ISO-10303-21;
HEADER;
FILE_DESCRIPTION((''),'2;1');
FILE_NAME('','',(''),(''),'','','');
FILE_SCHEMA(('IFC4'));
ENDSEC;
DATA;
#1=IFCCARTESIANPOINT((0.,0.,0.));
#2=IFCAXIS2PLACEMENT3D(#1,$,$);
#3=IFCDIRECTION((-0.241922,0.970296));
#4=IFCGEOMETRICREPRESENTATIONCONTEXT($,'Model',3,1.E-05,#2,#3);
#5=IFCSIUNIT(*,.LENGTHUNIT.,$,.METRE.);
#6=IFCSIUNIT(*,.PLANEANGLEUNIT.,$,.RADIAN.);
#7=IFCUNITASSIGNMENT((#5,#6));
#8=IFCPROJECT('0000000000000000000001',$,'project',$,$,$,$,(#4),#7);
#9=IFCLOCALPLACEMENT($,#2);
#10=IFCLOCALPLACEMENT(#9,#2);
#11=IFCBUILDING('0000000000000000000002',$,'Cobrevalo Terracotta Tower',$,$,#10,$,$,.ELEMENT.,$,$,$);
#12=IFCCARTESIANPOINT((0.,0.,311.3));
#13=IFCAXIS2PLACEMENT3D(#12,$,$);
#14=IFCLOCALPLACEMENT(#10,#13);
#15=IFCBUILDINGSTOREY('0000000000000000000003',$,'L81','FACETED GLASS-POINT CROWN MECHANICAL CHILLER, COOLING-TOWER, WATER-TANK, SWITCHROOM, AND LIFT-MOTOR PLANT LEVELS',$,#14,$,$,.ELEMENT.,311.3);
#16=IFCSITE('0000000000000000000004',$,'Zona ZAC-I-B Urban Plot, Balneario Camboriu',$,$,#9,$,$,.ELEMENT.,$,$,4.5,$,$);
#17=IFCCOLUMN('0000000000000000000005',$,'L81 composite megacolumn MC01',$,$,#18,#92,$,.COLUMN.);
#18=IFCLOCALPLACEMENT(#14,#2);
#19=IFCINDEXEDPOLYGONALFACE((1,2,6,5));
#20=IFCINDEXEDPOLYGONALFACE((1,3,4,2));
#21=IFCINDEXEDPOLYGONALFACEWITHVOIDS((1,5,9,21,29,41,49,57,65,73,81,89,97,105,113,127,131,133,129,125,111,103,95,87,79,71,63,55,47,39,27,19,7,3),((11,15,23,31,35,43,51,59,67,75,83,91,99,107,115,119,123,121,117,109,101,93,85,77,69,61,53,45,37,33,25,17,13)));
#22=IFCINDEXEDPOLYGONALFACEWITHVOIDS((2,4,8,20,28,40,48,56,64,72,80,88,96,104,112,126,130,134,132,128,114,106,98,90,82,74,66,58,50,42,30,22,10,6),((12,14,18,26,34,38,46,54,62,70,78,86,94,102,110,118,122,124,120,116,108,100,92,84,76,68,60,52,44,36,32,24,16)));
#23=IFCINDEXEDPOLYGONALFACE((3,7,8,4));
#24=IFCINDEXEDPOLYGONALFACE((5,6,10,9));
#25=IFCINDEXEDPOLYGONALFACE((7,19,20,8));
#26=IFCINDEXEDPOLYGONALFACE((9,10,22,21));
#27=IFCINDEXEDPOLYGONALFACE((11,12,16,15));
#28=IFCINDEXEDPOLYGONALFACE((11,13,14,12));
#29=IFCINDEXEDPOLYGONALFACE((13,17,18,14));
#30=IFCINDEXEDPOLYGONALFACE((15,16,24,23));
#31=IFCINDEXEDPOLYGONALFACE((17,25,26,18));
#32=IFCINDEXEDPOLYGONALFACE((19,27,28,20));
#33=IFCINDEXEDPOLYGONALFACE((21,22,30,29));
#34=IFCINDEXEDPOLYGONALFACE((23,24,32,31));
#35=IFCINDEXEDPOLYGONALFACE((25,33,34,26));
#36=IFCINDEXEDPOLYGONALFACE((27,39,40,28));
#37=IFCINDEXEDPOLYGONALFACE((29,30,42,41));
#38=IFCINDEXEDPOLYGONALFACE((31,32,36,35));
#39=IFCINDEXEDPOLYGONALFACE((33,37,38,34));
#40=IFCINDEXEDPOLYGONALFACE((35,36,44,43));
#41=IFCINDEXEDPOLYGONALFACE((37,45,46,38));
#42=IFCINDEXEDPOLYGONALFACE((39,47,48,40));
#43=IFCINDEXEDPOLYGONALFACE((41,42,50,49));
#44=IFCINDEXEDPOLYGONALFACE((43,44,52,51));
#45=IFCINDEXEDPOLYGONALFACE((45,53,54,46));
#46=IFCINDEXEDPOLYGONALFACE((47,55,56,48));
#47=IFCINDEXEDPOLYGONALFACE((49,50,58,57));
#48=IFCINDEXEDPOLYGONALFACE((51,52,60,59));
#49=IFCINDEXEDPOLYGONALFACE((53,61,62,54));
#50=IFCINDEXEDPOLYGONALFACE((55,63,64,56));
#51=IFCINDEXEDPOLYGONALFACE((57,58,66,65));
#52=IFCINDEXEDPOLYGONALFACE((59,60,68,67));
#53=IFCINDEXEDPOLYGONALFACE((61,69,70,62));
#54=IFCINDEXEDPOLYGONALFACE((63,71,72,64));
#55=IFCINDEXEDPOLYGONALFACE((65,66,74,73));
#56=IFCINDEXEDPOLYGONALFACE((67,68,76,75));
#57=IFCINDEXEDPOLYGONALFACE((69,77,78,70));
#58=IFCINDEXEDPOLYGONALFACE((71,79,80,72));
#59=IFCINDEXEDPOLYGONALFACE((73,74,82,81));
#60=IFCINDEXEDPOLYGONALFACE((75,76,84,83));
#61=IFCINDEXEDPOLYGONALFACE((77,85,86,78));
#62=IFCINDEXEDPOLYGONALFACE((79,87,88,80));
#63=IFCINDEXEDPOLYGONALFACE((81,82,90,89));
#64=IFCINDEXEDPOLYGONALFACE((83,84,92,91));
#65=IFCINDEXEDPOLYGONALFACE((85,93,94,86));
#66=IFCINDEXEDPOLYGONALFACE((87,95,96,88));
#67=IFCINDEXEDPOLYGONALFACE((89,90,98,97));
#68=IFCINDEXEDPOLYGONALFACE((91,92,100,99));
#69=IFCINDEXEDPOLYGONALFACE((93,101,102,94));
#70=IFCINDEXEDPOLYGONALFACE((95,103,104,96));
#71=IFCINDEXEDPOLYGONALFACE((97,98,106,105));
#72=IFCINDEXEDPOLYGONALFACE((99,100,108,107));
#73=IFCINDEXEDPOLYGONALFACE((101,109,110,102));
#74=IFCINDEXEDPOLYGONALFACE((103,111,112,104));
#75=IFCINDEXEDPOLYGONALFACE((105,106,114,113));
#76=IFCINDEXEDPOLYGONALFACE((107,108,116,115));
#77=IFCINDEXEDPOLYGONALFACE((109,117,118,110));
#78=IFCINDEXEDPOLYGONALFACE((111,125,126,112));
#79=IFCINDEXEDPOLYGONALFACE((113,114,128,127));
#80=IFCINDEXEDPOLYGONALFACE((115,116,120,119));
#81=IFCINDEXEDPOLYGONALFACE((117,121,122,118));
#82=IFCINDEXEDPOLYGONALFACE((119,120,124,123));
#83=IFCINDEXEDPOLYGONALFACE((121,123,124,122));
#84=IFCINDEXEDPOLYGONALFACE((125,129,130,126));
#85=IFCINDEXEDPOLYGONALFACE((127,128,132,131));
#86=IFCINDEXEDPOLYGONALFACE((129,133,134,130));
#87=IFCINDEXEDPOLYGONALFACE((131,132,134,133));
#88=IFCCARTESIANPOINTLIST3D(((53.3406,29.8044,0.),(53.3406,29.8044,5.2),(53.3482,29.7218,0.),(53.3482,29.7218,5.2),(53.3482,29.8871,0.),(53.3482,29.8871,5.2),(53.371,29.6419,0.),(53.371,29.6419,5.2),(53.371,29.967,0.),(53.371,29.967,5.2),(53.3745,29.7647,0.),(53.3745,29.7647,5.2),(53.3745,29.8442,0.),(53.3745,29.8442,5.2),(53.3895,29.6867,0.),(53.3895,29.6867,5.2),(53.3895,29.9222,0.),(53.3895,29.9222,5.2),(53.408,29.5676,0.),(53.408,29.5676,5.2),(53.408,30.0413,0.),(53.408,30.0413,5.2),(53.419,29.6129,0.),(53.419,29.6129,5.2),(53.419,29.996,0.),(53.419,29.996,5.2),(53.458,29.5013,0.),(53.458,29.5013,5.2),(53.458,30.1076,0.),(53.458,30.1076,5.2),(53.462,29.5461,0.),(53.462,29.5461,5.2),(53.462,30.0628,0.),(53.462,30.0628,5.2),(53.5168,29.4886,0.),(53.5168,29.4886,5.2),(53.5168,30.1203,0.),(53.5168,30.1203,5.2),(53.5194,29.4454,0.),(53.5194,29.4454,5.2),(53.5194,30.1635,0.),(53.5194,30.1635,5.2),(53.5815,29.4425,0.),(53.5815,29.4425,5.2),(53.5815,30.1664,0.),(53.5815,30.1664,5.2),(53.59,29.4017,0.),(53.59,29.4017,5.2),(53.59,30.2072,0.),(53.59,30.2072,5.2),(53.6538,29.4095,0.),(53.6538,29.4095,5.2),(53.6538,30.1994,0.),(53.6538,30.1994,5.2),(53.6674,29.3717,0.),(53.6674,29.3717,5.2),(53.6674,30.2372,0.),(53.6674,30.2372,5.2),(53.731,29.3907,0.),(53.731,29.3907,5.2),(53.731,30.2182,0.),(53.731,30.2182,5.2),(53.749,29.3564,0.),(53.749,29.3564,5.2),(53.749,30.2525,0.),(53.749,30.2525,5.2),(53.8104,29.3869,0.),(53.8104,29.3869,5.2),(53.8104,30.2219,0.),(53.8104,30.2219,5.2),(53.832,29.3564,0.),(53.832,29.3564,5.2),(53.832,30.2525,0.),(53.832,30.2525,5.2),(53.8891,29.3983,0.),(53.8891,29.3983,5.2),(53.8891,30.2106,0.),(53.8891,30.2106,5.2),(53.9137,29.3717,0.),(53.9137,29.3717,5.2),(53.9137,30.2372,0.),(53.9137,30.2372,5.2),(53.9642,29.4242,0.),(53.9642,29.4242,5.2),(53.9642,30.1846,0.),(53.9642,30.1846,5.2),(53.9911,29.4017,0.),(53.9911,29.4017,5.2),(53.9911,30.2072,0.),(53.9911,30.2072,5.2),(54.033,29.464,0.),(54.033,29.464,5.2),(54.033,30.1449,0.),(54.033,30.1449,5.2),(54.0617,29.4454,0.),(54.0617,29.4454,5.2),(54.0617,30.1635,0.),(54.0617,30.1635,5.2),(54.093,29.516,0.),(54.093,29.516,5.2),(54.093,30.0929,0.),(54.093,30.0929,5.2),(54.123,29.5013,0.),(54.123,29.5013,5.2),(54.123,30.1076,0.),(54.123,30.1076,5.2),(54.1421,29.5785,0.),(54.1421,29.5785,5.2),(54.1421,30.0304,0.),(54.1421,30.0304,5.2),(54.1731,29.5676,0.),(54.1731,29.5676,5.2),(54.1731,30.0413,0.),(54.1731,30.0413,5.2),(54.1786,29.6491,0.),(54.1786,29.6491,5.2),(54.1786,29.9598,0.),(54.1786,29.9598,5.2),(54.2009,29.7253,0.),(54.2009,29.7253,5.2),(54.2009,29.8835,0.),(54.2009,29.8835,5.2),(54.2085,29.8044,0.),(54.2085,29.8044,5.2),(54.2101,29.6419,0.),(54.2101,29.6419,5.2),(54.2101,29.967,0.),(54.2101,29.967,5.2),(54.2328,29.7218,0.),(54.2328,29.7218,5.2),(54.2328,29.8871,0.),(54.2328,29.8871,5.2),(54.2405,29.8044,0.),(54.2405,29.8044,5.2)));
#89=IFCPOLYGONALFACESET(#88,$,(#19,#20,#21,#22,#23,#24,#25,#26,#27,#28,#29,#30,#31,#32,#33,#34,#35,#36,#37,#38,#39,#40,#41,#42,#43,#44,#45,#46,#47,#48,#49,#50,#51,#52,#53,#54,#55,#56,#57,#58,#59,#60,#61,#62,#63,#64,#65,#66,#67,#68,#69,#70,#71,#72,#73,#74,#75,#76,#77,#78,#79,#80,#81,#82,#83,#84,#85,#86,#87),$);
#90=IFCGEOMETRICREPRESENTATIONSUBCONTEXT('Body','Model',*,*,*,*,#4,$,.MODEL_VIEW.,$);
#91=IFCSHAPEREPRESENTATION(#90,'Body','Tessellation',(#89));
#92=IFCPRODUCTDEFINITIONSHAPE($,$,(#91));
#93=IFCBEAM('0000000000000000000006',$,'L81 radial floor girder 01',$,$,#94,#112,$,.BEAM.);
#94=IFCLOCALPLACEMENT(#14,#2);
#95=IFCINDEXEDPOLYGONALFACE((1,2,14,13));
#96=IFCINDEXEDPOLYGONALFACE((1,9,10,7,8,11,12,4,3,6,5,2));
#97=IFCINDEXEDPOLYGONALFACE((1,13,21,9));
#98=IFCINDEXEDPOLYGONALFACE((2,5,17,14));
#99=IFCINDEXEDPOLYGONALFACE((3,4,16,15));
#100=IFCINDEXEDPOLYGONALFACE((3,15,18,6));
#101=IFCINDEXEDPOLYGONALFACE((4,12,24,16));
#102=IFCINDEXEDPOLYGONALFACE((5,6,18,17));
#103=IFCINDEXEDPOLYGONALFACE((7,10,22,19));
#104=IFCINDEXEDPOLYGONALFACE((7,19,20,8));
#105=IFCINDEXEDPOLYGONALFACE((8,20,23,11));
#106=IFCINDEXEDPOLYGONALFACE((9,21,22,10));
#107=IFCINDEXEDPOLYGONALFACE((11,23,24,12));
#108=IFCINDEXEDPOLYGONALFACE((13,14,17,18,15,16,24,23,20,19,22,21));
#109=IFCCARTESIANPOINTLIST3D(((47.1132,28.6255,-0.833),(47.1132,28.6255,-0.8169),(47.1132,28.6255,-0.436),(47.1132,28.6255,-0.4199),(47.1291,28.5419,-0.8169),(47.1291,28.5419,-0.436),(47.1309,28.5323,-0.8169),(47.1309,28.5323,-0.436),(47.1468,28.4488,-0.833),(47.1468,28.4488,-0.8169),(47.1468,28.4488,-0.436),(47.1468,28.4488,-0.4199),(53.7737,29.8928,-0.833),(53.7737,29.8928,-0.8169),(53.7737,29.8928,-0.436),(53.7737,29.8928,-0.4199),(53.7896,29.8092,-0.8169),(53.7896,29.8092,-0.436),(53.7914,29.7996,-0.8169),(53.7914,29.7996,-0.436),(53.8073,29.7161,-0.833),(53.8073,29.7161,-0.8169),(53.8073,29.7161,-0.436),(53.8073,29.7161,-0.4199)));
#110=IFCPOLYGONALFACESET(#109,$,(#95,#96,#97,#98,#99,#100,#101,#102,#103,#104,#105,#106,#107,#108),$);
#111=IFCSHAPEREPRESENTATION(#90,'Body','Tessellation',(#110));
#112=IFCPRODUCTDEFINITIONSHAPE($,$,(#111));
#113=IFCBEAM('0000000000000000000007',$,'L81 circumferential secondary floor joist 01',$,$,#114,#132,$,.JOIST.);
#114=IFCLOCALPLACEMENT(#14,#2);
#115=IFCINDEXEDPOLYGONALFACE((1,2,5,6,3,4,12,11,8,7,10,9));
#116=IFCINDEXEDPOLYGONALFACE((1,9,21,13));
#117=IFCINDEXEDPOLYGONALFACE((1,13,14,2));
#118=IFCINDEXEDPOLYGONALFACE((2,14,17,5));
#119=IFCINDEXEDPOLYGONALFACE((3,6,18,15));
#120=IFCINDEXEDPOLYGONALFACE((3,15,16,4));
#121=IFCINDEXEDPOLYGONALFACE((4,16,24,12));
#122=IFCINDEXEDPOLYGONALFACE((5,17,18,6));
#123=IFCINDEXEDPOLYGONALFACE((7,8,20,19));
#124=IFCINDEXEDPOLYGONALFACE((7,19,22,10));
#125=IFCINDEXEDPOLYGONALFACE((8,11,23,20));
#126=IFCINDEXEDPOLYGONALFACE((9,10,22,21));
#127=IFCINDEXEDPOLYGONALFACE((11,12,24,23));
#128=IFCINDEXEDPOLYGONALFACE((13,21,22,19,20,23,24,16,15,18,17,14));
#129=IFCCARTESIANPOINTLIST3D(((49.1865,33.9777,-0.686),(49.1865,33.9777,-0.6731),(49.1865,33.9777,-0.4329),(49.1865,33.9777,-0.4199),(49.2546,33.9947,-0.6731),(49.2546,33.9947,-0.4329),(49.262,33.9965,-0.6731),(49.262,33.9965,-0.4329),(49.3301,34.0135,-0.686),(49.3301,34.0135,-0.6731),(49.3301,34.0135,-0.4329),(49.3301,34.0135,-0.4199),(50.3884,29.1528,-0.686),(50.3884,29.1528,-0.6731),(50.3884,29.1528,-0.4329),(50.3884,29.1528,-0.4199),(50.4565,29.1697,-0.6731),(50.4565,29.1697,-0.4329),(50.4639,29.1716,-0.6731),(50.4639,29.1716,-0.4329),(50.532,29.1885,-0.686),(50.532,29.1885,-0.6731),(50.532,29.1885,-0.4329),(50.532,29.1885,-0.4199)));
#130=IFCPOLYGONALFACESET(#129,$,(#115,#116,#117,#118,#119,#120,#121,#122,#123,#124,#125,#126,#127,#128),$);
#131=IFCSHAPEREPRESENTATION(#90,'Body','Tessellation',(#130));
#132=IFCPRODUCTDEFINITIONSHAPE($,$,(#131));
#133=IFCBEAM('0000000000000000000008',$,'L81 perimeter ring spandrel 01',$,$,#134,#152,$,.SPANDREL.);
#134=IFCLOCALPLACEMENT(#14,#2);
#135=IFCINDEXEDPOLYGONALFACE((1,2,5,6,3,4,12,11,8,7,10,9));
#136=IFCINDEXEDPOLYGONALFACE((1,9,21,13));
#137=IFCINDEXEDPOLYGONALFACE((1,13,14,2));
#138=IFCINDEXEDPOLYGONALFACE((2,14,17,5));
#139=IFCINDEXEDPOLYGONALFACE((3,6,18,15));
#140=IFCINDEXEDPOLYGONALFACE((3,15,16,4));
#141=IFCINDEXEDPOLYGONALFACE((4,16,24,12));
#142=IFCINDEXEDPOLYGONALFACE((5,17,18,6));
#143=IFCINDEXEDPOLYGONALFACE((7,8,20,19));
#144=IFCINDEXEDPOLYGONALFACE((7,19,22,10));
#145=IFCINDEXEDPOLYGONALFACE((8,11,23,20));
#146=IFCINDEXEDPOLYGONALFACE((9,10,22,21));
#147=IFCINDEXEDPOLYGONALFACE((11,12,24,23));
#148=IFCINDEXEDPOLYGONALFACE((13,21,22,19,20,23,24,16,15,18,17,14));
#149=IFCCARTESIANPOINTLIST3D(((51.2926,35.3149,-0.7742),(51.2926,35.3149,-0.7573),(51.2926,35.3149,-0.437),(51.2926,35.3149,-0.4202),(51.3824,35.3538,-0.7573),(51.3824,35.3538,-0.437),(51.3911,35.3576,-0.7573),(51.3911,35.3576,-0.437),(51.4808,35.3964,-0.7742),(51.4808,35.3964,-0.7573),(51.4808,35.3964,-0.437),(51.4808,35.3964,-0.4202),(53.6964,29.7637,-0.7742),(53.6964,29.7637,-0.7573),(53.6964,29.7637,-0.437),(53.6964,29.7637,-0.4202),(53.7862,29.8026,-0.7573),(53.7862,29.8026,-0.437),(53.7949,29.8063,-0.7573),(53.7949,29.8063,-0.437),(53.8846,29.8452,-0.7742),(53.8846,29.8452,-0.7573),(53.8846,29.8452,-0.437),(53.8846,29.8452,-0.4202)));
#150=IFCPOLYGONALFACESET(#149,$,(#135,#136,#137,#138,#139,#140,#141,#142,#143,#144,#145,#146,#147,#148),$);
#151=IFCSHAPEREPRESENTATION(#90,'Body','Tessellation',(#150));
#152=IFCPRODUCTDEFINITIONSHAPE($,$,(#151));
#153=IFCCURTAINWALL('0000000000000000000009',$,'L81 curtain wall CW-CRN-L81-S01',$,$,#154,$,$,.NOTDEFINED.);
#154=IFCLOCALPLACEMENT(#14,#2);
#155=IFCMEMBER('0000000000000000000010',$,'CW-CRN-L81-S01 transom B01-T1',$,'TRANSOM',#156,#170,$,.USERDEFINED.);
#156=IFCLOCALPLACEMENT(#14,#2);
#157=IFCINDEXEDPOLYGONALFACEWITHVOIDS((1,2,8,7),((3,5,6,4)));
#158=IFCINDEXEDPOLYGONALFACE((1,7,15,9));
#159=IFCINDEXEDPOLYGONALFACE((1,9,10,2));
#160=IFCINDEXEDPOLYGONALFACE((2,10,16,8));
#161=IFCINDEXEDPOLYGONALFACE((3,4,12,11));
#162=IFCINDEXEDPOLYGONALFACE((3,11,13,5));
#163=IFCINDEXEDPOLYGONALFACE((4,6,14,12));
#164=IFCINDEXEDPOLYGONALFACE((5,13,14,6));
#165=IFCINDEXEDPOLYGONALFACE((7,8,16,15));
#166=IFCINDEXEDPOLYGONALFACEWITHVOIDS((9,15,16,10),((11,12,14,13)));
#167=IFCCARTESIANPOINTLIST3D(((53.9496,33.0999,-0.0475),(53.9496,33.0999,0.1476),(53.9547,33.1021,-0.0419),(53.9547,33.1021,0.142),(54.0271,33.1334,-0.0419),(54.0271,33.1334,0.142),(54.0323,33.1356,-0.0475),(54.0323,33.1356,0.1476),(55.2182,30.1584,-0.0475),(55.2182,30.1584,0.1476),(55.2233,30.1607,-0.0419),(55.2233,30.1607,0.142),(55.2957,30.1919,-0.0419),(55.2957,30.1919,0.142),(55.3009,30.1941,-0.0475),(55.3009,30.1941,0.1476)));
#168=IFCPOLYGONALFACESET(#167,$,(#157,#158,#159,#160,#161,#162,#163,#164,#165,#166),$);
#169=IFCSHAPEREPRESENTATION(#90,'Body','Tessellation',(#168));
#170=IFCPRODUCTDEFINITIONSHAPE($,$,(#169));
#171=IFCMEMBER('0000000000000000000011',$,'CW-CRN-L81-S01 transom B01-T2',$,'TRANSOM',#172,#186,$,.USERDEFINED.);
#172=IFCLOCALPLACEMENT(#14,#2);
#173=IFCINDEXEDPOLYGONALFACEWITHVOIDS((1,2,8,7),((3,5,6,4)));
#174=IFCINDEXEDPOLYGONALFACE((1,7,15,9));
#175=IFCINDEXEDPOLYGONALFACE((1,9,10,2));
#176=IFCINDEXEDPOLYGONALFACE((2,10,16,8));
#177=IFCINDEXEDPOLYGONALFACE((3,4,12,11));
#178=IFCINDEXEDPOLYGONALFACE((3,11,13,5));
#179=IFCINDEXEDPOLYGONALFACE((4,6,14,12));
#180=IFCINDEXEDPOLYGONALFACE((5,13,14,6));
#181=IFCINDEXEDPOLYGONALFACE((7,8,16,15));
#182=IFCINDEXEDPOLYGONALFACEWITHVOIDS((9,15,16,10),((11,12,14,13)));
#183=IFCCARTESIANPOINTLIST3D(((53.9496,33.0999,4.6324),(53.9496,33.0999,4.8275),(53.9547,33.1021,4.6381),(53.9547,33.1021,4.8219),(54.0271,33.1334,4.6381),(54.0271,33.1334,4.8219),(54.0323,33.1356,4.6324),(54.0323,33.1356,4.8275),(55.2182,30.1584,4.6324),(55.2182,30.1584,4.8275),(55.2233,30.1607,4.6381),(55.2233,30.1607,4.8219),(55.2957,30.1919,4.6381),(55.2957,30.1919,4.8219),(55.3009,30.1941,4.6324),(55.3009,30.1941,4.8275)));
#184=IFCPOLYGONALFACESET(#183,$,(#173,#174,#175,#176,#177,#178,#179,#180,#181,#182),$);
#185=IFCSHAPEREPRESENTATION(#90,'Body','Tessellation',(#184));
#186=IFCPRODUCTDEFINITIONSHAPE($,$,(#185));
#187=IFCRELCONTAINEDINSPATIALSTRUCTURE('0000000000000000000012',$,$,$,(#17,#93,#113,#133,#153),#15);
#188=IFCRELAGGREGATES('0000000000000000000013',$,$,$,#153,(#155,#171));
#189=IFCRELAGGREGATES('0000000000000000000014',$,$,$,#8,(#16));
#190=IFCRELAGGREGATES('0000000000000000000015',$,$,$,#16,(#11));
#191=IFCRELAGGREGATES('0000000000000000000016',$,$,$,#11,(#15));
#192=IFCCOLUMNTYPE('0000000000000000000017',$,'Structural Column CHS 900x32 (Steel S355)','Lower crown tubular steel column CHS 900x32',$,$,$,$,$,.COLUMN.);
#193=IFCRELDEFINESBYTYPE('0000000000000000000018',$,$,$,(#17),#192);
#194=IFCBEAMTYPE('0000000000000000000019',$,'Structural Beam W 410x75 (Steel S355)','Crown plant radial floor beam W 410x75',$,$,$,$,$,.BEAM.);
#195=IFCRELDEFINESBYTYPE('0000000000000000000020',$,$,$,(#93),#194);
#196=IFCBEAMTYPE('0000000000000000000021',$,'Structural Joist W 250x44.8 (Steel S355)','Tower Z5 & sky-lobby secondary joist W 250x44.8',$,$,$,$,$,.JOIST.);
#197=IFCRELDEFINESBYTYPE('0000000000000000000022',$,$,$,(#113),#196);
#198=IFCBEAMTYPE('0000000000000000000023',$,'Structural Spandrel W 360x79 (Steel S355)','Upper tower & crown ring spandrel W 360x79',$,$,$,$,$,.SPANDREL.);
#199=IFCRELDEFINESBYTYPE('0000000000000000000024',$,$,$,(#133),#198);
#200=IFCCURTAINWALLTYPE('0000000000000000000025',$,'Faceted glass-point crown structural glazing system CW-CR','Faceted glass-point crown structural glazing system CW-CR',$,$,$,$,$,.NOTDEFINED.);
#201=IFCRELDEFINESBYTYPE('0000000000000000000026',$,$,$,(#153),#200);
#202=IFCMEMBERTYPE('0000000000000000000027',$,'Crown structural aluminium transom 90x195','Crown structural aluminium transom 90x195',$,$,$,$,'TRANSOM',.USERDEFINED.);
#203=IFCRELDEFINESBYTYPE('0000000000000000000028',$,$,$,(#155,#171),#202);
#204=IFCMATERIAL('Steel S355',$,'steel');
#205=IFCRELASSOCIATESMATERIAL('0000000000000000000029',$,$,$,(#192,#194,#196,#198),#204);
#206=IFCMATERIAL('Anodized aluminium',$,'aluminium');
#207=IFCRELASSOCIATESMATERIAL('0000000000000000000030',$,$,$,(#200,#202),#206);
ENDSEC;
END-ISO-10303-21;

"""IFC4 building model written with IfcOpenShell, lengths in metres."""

from ifc_helpers import new_model, si_unit, direction, frame, origin, origin_2d, place, context, subcontext, project, spatial, hollow_rectangle, hollow_circle, i_section, extrude, source, transform, mapped, material, material_profile, profile_set, type_object, element, aggregate, save


model = new_model("IFC4")

# Units and contexts
model_context = context("Model", 3, precision=1e-05, world=origin(), true_north=direction((-0.241922, 0.970296)))
body_context = subcontext(model_context, "Body", "Model", "MODEL_VIEW")
ifc_project = project(units=[si_unit("LENGTHUNIT", "METRE"), si_unit("PLANEANGLEUNIT", "RADIAN")], contexts=[model_context])

# Site, building, storey
site_placement = place(None, origin())
site = spatial("IfcSite", under=ifc_project, at=site_placement, Name="Zona ZAC-I-B Urban Plot, Balneario Camboriu", CompositionType="ELEMENT", RefElevation=4.5)
building_placement = place(site_placement, origin())
building = spatial("IfcBuilding", under=site, at=building_placement, Name="Cobrevalo Terracotta Tower", CompositionType="ELEMENT")
storey_placement = place(building_placement, frame((0.0, 0.0, 311.3)))
storey = spatial("IfcBuildingStorey", under=building, at=storey_placement, Name="L81", Description="FACETED GLASS-POINT CROWN MECHANICAL CHILLER, COOLING-TOWER, WATER-TANK, SWITCHROOM, AND LIFT-MOTOR PLANT LEVELS", CompositionType="ELEMENT", Elevation=311.3)

# Column
ifc_material_1 = material(Name="Steel S355", Category="steel")
ifc_material_profile_1 = material_profile(ifc_material_1, hollow_circle(Radius=0.45, WallThickness=0.032, at=origin_2d()), Name="CHS 900x32")
ifc_profile_set_1 = profile_set([ifc_material_profile_1], Name="Steel S355")
column_type = type_object("IfcColumnType", Name="Structural Column CHS 900x32 (Steel S355)", Description="Lower crown tubular steel column CHS 900x32", PredefinedType="COLUMN", material=ifc_profile_set_1)
column_placement = place(storey_placement, frame((53.7905, 29.8044, 0.0), z_axis=(0.0, 0.0, 1.0), x_axis=(1.0, 0.0, 0.0)))
element("IfcColumn", 1, at=column_placement, inside=storey, type_object=column_type, Name="L81 composite megacolumn MC01", PredefinedType="COLUMN", context=body_context, shape_type="SweptSolid", body=[
    extrude(hollow_circle(Radius=0.45, WallThickness=0.032, at=origin_2d()), origin(), (0.0, 0.0, 1.0), 5.2),
])

# Beams
ifc_material_profile_2 = material_profile(ifc_material_1, i_section(OverallWidth=0.1799, OverallDepth=0.4131, WebThickness=0.0098, FlangeThickness=0.0161, at=origin_2d()), Name="W 410x75")
ifc_profile_set_2 = profile_set([ifc_material_profile_2], Name="Steel S355")
beam_type_1 = type_object("IfcBeamType", Name="Structural Beam W 410x75 (Steel S355)", Description="Crown plant radial floor beam W 410x75", PredefinedType="BEAM", material=ifc_profile_set_2)
beam_1_placement = place(storey_placement, frame((53.7905, 29.8044, -0.6265), z_axis=(-0.982375, -0.186919, 0.0), x_axis=(0.186919, -0.982375, 0.0)))
element("IfcBeam", 2, at=beam_1_placement, inside=storey, type_object=beam_type_1, Name="L81 radial floor girder 01", PredefinedType="BEAM", context=body_context, shape_type="SweptSolid", body=[
    extrude(i_section(OverallWidth=0.1799, OverallDepth=0.4131, WebThickness=0.0098, FlangeThickness=0.0161, at=origin_2d()), origin(), (0.0, 0.0, 1.0), 6.78),
])
ifc_material_profile_3 = material_profile(ifc_material_1, i_section(OverallWidth=0.1479, OverallDepth=0.2661, WebThickness=0.0076, FlangeThickness=0.0129, at=origin_2d()), Name="W 250x44.8")
ifc_profile_set_3 = profile_set([ifc_material_profile_3], Name="Steel S355")
beam_type_2 = type_object("IfcBeamType", Name="Structural Joist W 250x44.8 (Steel S355)", Description="Tower Z5 & sky-lobby secondary joist W 250x44.8", PredefinedType="JOIST", material=ifc_profile_set_3)
beam_2_placement = place(storey_placement, frame((50.4602, 29.1707, -0.553), z_axis=(-0.241715, 0.970347, 0.0), x_axis=(-0.970347, -0.241715, 0.0)))
element("IfcBeam", 3, at=beam_2_placement, inside=storey, type_object=beam_type_2, Name="L81 circumferential secondary floor joist 01", PredefinedType="JOIST", context=body_context, shape_type="SweptSolid", body=[
    extrude(i_section(OverallWidth=0.1479, OverallDepth=0.2661, WebThickness=0.0076, FlangeThickness=0.0129, at=origin_2d()), origin(), (0.0, 0.0, 1.0), 4.9724),
])
ifc_material_profile_4 = material_profile(ifc_material_1, i_section(OverallWidth=0.2051, OverallDepth=0.354, WebThickness=0.0095, FlangeThickness=0.0168, at=origin_2d()), Name="W 360x79")
ifc_profile_set_4 = profile_set([ifc_material_profile_4], Name="Steel S355")
beam_type_3 = type_object("IfcBeamType", Name="Structural Spandrel W 360x79 (Steel S355)", Description="Upper tower & crown ring spandrel W 360x79", PredefinedType="SPANDREL", material=ifc_profile_set_4)
beam_3_placement = place(storey_placement, frame((53.7905, 29.8044, -0.5972), z_axis=(-0.397365, 0.917661, 0.0), x_axis=(-0.917661, -0.397365, 0.0)))
element("IfcBeam", 4, at=beam_3_placement, inside=storey, type_object=beam_type_3, Name="L81 perimeter ring spandrel 01", PredefinedType="SPANDREL", context=body_context, shape_type="SweptSolid", body=[
    extrude(i_section(OverallWidth=0.2051, OverallDepth=0.354, WebThickness=0.0095, FlangeThickness=0.0168, at=origin_2d()), origin(), (0.0, 0.0, 1.0), 6.0493),
])

# Curtain wall, members
ifc_material_2 = material(Name="Anodized aluminium", Category="aluminium")
curtain_wall_type = type_object("IfcCurtainWallType", Name="Faceted glass-point crown structural glazing system CW-CR", Description="Faceted glass-point crown structural glazing system CW-CR", PredefinedType="NOTDEFINED", material=ifc_material_2)
curtain_wall_1_placement = place(storey_placement, origin())
curtain_wall_1 = element("IfcCurtainWall", 5, at=curtain_wall_1_placement, inside=storey, type_object=curtain_wall_type, Name="L81 curtain wall CW-CRN-L81-S01", PredefinedType="NOTDEFINED")
ifc_material_profile_5 = material_profile(ifc_material_2, hollow_rectangle(XDim=0.0901, YDim=0.1951, WallThickness=0.0056, at=origin_2d()), Name="CWT 90x195")
ifc_profile_set_5 = profile_set([ifc_material_profile_5], Name="Anodized aluminium")
member_type_1 = type_object("IfcMemberType", Name="Crown structural aluminium transom 90x195", Description="Crown structural aluminium transom 90x195", ElementType="TRANSOM", PredefinedType="USERDEFINED", material=ifc_profile_set_5)
shared_shape_1 = source(origin(), body_context, "Body", "SweptSolid", [
    extrude(hollow_rectangle(XDim=0.0901, YDim=0.1951, WallThickness=0.0056, at=origin_2d()), origin(), (0.0, 0.0, 1.0), 3.2034),
])
member_1_placement = place(storey_placement, frame((55.2595, 30.1763, 0.05), z_axis=(-0.396016, 0.918244, 0.0), x_axis=(-0.918244, -0.396016, 0.0)))
member_1 = element("IfcMember", 6, at=member_1_placement, type_object=member_type_1, Name="CW-CRN-L81-S01 transom B01-T1", ObjectType="TRANSOM", PredefinedType="USERDEFINED", context=body_context, shape_type="MappedRepresentation", body=[
    mapped(shared_shape_1, transform((0.0, 0.0, 0.0), scale=1.0)),
])
member_2_placement = place(storey_placement, frame((55.2595, 30.1763, 4.73), z_axis=(-0.396016, 0.918244, 0.0), x_axis=(-0.918244, -0.396016, 0.0)))
member_2 = element("IfcMember", 7, at=member_2_placement, type_object=member_type_1, Name="CW-CRN-L81-S01 transom B01-T2", ObjectType="TRANSOM", PredefinedType="USERDEFINED", context=body_context, shape_type="MappedRepresentation", body=[
    mapped(shared_shape_1, transform((0.0, 0.0, 0.0), scale=1.0)),
])

aggregate(curtain_wall_1, [member_1, member_2])

save(model, "model.ifc")
